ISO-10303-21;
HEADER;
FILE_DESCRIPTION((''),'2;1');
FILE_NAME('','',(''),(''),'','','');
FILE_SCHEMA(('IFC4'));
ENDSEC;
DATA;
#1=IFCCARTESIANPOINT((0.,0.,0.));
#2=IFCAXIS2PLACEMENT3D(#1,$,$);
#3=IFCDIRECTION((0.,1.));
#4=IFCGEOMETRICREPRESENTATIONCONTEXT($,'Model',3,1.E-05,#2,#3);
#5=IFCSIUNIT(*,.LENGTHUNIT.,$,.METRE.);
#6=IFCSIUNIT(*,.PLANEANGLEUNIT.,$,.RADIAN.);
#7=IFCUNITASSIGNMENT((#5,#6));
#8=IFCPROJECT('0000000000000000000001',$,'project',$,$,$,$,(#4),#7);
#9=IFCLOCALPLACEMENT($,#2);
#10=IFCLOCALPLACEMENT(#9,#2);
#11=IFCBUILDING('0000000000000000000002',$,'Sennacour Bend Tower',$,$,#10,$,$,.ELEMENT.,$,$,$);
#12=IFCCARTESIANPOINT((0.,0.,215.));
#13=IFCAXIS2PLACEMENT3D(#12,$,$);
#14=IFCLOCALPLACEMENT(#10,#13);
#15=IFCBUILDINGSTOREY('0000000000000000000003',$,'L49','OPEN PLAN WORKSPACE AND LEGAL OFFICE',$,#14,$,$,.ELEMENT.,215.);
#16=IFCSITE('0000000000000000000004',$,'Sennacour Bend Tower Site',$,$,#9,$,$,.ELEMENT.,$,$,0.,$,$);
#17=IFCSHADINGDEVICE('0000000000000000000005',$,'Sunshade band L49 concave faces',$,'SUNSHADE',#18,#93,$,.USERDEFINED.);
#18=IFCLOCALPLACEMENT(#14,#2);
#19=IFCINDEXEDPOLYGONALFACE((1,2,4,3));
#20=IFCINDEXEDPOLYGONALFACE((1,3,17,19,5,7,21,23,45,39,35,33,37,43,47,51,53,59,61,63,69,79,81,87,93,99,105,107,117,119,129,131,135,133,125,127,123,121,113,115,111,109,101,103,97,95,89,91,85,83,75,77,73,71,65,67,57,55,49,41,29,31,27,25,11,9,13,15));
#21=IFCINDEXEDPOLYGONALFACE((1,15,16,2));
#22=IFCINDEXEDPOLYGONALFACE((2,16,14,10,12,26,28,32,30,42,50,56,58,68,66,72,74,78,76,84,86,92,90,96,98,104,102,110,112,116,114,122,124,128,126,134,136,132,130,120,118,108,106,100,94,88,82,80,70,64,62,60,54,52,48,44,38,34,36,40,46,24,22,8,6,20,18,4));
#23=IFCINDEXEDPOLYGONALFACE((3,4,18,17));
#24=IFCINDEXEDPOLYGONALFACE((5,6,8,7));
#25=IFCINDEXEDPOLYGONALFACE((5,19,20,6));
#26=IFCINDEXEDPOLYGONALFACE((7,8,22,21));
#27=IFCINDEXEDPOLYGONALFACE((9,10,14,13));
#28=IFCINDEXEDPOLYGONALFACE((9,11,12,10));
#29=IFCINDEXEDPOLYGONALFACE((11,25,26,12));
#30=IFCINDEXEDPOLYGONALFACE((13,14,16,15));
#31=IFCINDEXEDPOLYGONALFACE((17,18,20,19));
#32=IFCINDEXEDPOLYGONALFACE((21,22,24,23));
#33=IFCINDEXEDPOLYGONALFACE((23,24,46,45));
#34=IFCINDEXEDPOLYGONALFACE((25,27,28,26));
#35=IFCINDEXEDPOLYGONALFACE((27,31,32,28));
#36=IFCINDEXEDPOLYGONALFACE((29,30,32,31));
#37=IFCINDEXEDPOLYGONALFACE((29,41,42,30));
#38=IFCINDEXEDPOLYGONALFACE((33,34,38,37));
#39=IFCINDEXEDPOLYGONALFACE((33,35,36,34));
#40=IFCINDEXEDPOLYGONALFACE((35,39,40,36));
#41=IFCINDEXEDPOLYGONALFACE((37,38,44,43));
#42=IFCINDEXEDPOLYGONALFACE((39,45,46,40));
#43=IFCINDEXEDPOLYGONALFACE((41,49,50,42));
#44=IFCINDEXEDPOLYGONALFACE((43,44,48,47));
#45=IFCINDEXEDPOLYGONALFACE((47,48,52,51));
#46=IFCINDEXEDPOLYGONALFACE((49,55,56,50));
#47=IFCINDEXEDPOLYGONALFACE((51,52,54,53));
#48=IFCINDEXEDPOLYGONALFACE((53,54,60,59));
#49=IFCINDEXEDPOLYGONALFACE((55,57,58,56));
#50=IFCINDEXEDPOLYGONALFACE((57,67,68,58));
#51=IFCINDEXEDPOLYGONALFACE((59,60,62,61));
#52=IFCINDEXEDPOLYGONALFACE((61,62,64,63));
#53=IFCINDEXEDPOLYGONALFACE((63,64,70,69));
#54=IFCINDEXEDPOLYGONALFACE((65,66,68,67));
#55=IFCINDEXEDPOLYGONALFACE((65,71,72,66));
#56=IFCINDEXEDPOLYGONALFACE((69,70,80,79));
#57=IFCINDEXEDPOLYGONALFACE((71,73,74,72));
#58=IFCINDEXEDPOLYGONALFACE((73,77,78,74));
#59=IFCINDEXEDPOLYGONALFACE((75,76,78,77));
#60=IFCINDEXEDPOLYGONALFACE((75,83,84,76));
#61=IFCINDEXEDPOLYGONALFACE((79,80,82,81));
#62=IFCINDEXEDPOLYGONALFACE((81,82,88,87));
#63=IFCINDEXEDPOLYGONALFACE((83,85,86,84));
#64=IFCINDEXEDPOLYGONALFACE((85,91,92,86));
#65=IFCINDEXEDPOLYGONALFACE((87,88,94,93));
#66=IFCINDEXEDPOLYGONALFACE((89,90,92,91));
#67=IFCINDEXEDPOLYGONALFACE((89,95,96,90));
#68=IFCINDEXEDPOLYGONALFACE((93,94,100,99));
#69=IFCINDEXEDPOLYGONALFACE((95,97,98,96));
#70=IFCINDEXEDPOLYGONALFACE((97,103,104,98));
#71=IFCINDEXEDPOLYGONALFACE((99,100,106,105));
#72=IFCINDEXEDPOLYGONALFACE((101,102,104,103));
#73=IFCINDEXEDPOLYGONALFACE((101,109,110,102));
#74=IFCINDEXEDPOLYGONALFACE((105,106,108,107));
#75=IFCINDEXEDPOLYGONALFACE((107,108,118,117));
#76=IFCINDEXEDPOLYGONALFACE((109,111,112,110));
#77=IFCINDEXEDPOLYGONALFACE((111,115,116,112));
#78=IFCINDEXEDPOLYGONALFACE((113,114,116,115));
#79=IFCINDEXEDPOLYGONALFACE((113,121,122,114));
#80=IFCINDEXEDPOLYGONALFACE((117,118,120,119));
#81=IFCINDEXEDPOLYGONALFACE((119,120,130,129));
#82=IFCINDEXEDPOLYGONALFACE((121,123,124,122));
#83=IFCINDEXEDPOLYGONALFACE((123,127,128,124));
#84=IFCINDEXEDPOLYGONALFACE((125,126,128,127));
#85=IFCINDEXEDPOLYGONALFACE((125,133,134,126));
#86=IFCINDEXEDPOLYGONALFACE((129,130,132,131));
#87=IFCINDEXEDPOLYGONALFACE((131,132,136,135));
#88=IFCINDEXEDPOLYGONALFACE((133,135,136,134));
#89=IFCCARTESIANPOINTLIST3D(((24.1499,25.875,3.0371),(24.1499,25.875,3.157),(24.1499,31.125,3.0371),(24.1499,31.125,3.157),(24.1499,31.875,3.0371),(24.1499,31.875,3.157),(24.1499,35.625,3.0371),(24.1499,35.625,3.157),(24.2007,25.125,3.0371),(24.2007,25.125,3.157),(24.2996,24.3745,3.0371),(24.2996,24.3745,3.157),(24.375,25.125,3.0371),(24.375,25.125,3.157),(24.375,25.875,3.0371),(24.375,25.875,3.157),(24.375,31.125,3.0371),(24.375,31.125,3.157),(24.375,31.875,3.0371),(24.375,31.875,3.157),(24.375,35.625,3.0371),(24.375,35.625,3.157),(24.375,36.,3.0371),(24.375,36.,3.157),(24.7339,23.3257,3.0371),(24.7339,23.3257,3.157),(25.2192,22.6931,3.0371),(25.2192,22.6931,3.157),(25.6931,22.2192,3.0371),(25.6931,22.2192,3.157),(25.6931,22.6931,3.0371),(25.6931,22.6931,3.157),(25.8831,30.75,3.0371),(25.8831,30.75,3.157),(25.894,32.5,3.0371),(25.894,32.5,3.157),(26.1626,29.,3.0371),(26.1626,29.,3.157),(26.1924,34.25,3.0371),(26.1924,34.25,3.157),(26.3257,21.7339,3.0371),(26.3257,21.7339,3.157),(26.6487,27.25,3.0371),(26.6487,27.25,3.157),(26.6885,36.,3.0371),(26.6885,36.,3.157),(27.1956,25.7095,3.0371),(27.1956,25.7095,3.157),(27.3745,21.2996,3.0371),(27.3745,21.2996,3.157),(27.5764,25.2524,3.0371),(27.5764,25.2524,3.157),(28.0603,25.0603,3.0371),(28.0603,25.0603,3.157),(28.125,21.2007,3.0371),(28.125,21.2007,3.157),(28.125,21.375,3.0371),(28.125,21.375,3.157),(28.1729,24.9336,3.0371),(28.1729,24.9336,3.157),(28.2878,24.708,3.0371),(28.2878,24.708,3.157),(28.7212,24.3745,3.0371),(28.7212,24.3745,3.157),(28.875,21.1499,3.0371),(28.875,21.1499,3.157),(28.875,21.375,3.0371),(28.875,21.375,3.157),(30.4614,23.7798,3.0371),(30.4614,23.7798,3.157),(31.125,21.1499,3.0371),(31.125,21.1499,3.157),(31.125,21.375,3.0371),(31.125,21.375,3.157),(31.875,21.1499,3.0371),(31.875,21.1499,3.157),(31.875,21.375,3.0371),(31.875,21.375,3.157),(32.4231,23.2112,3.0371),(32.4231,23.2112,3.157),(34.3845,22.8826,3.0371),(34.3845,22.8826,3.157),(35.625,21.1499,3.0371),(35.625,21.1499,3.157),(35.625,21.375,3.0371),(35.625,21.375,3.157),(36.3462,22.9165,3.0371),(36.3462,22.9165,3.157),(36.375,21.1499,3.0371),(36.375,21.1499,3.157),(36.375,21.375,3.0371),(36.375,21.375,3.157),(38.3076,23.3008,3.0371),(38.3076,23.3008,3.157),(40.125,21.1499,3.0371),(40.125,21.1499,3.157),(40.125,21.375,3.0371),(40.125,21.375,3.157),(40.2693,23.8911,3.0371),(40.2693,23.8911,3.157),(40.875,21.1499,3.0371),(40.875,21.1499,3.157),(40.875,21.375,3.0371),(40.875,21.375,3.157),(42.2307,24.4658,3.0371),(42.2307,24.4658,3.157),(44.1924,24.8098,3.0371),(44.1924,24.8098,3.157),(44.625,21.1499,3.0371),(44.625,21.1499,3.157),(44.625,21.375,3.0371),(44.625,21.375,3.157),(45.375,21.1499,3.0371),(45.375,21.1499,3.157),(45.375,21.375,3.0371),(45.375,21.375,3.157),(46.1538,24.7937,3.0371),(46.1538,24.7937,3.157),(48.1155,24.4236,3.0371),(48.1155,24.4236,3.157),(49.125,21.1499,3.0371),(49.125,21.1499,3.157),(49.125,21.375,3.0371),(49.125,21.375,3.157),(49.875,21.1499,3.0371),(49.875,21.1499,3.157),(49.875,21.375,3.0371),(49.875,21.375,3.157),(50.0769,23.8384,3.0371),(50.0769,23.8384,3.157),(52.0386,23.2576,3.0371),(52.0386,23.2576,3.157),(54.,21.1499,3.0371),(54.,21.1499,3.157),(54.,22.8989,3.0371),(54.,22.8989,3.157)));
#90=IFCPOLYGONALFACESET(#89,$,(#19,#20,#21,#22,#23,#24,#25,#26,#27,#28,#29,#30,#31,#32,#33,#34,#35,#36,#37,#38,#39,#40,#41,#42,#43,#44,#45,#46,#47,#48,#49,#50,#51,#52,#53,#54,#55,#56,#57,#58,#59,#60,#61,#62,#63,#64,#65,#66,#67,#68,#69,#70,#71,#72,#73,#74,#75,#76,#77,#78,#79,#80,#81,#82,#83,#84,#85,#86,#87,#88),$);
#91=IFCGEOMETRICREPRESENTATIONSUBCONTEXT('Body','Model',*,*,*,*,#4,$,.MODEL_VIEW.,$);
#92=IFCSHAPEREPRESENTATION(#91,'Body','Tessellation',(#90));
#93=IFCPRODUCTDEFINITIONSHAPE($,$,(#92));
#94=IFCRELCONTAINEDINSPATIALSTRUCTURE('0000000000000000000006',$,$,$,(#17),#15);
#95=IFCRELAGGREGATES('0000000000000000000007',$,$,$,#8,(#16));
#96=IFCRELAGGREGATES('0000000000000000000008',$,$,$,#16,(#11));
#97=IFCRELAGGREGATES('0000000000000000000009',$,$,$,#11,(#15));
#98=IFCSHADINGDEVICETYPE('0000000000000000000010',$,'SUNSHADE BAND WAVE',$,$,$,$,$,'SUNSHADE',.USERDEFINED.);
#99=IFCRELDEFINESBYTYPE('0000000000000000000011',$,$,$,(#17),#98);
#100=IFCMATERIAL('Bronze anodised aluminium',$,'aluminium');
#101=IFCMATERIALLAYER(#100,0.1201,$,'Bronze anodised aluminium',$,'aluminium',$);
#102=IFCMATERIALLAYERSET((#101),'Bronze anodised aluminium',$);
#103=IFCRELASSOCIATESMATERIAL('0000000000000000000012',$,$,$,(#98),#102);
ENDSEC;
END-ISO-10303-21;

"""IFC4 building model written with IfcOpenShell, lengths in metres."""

from ifc_helpers import new_model, si_unit, direction, frame, origin, place, context, subcontext, project, spatial, polyline, outline, extrude, material, layer, layer_set, type_object, element, save


model = new_model("IFC4")

# Units and contexts
model_context = context("Model", 3, precision=1e-05, world=origin(), true_north=direction((0.0, 1.0)))
body_context = subcontext(model_context, "Body", "Model", "MODEL_VIEW")
ifc_project = project(units=[si_unit("LENGTHUNIT", "METRE"), si_unit("PLANEANGLEUNIT", "RADIAN")], contexts=[model_context])

# Site, building, storey
site_placement = place(None, origin())
site = spatial("IfcSite", under=ifc_project, at=site_placement, Name="Sennacour Bend Tower Site", CompositionType="ELEMENT", RefElevation=0.0)
building_placement = place(site_placement, origin())
building = spatial("IfcBuilding", under=site, at=building_placement, Name="Sennacour Bend Tower", CompositionType="ELEMENT")
storey_placement = place(building_placement, frame((0.0, 0.0, 215.0)))
storey = spatial("IfcBuildingStorey", under=building, at=storey_placement, Name="L49", Description="OPEN PLAN WORKSPACE AND LEGAL OFFICE", CompositionType="ELEMENT", Elevation=215.0)

# Shading device
ifc_material_1 = material(Name="Bronze anodised aluminium", Category="aluminium")
ifc_layer_1 = layer(ifc_material_1, 0.1201, Name="Bronze anodised aluminium", Category="aluminium")
ifc_layer_set_1 = layer_set([ifc_layer_1], Name="Bronze anodised aluminium")
shading_device_type_1 = type_object("IfcShadingDeviceType", Name="SUNSHADE BAND WAVE", ElementType="SUNSHADE", PredefinedType="USERDEFINED", material=ifc_layer_set_1)
shading_device_1_placement = place(storey_placement, frame((0.0, 0.0, 3.0371)))
element("IfcShadingDevice", 1, at=shading_device_1_placement, inside=storey, type_object=shading_device_type_1, Name="Sunshade band L49 concave faces", ObjectType="SUNSHADE", PredefinedType="USERDEFINED", context=body_context, shape_type="SweptSolid", body=[
    extrude(outline(polyline([(54.0, 21.1499), (49.875, 21.1499), (49.875, 21.375), (49.125, 21.375), (49.125, 21.1499), (45.375, 21.1499), (45.375, 21.375), (44.625, 21.375), (44.625, 21.1499), (40.875, 21.1499), (40.875, 21.375), (40.125, 21.375), (40.125, 21.1499), (36.375, 21.1499), (36.375, 21.375), (35.625, 21.375), (35.625, 21.1499), (31.875, 21.1499), (31.875, 21.375), (31.125, 21.375), (31.125, 21.1499), (28.875, 21.1499), (28.875, 21.375), (28.125, 21.375), (28.125, 21.2007), (27.3745, 21.2996), (26.3257, 21.7339), (25.6931, 22.2192), (25.6931, 22.6931), (25.2192, 22.6931), (24.7339, 23.3257), (24.2996, 24.3745), (24.2007, 25.125), (24.375, 25.125), (24.375, 25.875), (24.1499, 25.875), (24.1499, 31.125), (24.375, 31.125), (24.375, 31.875), (24.1499, 31.875), (24.1499, 35.625), (24.375, 35.625), (24.375, 36.0), (26.6885, 36.0), (26.1924, 34.25), (25.894, 32.5), (25.8831, 30.75), (26.1626, 29.0), (26.6487, 27.25), (27.1956, 25.7095), (27.5764, 25.2524), (28.0603, 25.0603), (28.1729, 24.9336), (28.2878, 24.708), (28.7212, 24.3745), (30.4614, 23.7798), (32.4231, 23.2112), (34.3845, 22.8826), (36.3462, 22.9165), (38.3076, 23.3008), (40.2693, 23.8911), (42.2307, 24.4658), (44.1924, 24.8098), (46.1538, 24.7937), (48.1155, 24.4236), (50.0769, 23.8384), (52.0386, 23.2576), (54.0, 22.8989), (54.0, 21.1499)])), origin(), (0.0, 0.0, 1.0), 0.1199),
])

save(model, "model.ifc")
